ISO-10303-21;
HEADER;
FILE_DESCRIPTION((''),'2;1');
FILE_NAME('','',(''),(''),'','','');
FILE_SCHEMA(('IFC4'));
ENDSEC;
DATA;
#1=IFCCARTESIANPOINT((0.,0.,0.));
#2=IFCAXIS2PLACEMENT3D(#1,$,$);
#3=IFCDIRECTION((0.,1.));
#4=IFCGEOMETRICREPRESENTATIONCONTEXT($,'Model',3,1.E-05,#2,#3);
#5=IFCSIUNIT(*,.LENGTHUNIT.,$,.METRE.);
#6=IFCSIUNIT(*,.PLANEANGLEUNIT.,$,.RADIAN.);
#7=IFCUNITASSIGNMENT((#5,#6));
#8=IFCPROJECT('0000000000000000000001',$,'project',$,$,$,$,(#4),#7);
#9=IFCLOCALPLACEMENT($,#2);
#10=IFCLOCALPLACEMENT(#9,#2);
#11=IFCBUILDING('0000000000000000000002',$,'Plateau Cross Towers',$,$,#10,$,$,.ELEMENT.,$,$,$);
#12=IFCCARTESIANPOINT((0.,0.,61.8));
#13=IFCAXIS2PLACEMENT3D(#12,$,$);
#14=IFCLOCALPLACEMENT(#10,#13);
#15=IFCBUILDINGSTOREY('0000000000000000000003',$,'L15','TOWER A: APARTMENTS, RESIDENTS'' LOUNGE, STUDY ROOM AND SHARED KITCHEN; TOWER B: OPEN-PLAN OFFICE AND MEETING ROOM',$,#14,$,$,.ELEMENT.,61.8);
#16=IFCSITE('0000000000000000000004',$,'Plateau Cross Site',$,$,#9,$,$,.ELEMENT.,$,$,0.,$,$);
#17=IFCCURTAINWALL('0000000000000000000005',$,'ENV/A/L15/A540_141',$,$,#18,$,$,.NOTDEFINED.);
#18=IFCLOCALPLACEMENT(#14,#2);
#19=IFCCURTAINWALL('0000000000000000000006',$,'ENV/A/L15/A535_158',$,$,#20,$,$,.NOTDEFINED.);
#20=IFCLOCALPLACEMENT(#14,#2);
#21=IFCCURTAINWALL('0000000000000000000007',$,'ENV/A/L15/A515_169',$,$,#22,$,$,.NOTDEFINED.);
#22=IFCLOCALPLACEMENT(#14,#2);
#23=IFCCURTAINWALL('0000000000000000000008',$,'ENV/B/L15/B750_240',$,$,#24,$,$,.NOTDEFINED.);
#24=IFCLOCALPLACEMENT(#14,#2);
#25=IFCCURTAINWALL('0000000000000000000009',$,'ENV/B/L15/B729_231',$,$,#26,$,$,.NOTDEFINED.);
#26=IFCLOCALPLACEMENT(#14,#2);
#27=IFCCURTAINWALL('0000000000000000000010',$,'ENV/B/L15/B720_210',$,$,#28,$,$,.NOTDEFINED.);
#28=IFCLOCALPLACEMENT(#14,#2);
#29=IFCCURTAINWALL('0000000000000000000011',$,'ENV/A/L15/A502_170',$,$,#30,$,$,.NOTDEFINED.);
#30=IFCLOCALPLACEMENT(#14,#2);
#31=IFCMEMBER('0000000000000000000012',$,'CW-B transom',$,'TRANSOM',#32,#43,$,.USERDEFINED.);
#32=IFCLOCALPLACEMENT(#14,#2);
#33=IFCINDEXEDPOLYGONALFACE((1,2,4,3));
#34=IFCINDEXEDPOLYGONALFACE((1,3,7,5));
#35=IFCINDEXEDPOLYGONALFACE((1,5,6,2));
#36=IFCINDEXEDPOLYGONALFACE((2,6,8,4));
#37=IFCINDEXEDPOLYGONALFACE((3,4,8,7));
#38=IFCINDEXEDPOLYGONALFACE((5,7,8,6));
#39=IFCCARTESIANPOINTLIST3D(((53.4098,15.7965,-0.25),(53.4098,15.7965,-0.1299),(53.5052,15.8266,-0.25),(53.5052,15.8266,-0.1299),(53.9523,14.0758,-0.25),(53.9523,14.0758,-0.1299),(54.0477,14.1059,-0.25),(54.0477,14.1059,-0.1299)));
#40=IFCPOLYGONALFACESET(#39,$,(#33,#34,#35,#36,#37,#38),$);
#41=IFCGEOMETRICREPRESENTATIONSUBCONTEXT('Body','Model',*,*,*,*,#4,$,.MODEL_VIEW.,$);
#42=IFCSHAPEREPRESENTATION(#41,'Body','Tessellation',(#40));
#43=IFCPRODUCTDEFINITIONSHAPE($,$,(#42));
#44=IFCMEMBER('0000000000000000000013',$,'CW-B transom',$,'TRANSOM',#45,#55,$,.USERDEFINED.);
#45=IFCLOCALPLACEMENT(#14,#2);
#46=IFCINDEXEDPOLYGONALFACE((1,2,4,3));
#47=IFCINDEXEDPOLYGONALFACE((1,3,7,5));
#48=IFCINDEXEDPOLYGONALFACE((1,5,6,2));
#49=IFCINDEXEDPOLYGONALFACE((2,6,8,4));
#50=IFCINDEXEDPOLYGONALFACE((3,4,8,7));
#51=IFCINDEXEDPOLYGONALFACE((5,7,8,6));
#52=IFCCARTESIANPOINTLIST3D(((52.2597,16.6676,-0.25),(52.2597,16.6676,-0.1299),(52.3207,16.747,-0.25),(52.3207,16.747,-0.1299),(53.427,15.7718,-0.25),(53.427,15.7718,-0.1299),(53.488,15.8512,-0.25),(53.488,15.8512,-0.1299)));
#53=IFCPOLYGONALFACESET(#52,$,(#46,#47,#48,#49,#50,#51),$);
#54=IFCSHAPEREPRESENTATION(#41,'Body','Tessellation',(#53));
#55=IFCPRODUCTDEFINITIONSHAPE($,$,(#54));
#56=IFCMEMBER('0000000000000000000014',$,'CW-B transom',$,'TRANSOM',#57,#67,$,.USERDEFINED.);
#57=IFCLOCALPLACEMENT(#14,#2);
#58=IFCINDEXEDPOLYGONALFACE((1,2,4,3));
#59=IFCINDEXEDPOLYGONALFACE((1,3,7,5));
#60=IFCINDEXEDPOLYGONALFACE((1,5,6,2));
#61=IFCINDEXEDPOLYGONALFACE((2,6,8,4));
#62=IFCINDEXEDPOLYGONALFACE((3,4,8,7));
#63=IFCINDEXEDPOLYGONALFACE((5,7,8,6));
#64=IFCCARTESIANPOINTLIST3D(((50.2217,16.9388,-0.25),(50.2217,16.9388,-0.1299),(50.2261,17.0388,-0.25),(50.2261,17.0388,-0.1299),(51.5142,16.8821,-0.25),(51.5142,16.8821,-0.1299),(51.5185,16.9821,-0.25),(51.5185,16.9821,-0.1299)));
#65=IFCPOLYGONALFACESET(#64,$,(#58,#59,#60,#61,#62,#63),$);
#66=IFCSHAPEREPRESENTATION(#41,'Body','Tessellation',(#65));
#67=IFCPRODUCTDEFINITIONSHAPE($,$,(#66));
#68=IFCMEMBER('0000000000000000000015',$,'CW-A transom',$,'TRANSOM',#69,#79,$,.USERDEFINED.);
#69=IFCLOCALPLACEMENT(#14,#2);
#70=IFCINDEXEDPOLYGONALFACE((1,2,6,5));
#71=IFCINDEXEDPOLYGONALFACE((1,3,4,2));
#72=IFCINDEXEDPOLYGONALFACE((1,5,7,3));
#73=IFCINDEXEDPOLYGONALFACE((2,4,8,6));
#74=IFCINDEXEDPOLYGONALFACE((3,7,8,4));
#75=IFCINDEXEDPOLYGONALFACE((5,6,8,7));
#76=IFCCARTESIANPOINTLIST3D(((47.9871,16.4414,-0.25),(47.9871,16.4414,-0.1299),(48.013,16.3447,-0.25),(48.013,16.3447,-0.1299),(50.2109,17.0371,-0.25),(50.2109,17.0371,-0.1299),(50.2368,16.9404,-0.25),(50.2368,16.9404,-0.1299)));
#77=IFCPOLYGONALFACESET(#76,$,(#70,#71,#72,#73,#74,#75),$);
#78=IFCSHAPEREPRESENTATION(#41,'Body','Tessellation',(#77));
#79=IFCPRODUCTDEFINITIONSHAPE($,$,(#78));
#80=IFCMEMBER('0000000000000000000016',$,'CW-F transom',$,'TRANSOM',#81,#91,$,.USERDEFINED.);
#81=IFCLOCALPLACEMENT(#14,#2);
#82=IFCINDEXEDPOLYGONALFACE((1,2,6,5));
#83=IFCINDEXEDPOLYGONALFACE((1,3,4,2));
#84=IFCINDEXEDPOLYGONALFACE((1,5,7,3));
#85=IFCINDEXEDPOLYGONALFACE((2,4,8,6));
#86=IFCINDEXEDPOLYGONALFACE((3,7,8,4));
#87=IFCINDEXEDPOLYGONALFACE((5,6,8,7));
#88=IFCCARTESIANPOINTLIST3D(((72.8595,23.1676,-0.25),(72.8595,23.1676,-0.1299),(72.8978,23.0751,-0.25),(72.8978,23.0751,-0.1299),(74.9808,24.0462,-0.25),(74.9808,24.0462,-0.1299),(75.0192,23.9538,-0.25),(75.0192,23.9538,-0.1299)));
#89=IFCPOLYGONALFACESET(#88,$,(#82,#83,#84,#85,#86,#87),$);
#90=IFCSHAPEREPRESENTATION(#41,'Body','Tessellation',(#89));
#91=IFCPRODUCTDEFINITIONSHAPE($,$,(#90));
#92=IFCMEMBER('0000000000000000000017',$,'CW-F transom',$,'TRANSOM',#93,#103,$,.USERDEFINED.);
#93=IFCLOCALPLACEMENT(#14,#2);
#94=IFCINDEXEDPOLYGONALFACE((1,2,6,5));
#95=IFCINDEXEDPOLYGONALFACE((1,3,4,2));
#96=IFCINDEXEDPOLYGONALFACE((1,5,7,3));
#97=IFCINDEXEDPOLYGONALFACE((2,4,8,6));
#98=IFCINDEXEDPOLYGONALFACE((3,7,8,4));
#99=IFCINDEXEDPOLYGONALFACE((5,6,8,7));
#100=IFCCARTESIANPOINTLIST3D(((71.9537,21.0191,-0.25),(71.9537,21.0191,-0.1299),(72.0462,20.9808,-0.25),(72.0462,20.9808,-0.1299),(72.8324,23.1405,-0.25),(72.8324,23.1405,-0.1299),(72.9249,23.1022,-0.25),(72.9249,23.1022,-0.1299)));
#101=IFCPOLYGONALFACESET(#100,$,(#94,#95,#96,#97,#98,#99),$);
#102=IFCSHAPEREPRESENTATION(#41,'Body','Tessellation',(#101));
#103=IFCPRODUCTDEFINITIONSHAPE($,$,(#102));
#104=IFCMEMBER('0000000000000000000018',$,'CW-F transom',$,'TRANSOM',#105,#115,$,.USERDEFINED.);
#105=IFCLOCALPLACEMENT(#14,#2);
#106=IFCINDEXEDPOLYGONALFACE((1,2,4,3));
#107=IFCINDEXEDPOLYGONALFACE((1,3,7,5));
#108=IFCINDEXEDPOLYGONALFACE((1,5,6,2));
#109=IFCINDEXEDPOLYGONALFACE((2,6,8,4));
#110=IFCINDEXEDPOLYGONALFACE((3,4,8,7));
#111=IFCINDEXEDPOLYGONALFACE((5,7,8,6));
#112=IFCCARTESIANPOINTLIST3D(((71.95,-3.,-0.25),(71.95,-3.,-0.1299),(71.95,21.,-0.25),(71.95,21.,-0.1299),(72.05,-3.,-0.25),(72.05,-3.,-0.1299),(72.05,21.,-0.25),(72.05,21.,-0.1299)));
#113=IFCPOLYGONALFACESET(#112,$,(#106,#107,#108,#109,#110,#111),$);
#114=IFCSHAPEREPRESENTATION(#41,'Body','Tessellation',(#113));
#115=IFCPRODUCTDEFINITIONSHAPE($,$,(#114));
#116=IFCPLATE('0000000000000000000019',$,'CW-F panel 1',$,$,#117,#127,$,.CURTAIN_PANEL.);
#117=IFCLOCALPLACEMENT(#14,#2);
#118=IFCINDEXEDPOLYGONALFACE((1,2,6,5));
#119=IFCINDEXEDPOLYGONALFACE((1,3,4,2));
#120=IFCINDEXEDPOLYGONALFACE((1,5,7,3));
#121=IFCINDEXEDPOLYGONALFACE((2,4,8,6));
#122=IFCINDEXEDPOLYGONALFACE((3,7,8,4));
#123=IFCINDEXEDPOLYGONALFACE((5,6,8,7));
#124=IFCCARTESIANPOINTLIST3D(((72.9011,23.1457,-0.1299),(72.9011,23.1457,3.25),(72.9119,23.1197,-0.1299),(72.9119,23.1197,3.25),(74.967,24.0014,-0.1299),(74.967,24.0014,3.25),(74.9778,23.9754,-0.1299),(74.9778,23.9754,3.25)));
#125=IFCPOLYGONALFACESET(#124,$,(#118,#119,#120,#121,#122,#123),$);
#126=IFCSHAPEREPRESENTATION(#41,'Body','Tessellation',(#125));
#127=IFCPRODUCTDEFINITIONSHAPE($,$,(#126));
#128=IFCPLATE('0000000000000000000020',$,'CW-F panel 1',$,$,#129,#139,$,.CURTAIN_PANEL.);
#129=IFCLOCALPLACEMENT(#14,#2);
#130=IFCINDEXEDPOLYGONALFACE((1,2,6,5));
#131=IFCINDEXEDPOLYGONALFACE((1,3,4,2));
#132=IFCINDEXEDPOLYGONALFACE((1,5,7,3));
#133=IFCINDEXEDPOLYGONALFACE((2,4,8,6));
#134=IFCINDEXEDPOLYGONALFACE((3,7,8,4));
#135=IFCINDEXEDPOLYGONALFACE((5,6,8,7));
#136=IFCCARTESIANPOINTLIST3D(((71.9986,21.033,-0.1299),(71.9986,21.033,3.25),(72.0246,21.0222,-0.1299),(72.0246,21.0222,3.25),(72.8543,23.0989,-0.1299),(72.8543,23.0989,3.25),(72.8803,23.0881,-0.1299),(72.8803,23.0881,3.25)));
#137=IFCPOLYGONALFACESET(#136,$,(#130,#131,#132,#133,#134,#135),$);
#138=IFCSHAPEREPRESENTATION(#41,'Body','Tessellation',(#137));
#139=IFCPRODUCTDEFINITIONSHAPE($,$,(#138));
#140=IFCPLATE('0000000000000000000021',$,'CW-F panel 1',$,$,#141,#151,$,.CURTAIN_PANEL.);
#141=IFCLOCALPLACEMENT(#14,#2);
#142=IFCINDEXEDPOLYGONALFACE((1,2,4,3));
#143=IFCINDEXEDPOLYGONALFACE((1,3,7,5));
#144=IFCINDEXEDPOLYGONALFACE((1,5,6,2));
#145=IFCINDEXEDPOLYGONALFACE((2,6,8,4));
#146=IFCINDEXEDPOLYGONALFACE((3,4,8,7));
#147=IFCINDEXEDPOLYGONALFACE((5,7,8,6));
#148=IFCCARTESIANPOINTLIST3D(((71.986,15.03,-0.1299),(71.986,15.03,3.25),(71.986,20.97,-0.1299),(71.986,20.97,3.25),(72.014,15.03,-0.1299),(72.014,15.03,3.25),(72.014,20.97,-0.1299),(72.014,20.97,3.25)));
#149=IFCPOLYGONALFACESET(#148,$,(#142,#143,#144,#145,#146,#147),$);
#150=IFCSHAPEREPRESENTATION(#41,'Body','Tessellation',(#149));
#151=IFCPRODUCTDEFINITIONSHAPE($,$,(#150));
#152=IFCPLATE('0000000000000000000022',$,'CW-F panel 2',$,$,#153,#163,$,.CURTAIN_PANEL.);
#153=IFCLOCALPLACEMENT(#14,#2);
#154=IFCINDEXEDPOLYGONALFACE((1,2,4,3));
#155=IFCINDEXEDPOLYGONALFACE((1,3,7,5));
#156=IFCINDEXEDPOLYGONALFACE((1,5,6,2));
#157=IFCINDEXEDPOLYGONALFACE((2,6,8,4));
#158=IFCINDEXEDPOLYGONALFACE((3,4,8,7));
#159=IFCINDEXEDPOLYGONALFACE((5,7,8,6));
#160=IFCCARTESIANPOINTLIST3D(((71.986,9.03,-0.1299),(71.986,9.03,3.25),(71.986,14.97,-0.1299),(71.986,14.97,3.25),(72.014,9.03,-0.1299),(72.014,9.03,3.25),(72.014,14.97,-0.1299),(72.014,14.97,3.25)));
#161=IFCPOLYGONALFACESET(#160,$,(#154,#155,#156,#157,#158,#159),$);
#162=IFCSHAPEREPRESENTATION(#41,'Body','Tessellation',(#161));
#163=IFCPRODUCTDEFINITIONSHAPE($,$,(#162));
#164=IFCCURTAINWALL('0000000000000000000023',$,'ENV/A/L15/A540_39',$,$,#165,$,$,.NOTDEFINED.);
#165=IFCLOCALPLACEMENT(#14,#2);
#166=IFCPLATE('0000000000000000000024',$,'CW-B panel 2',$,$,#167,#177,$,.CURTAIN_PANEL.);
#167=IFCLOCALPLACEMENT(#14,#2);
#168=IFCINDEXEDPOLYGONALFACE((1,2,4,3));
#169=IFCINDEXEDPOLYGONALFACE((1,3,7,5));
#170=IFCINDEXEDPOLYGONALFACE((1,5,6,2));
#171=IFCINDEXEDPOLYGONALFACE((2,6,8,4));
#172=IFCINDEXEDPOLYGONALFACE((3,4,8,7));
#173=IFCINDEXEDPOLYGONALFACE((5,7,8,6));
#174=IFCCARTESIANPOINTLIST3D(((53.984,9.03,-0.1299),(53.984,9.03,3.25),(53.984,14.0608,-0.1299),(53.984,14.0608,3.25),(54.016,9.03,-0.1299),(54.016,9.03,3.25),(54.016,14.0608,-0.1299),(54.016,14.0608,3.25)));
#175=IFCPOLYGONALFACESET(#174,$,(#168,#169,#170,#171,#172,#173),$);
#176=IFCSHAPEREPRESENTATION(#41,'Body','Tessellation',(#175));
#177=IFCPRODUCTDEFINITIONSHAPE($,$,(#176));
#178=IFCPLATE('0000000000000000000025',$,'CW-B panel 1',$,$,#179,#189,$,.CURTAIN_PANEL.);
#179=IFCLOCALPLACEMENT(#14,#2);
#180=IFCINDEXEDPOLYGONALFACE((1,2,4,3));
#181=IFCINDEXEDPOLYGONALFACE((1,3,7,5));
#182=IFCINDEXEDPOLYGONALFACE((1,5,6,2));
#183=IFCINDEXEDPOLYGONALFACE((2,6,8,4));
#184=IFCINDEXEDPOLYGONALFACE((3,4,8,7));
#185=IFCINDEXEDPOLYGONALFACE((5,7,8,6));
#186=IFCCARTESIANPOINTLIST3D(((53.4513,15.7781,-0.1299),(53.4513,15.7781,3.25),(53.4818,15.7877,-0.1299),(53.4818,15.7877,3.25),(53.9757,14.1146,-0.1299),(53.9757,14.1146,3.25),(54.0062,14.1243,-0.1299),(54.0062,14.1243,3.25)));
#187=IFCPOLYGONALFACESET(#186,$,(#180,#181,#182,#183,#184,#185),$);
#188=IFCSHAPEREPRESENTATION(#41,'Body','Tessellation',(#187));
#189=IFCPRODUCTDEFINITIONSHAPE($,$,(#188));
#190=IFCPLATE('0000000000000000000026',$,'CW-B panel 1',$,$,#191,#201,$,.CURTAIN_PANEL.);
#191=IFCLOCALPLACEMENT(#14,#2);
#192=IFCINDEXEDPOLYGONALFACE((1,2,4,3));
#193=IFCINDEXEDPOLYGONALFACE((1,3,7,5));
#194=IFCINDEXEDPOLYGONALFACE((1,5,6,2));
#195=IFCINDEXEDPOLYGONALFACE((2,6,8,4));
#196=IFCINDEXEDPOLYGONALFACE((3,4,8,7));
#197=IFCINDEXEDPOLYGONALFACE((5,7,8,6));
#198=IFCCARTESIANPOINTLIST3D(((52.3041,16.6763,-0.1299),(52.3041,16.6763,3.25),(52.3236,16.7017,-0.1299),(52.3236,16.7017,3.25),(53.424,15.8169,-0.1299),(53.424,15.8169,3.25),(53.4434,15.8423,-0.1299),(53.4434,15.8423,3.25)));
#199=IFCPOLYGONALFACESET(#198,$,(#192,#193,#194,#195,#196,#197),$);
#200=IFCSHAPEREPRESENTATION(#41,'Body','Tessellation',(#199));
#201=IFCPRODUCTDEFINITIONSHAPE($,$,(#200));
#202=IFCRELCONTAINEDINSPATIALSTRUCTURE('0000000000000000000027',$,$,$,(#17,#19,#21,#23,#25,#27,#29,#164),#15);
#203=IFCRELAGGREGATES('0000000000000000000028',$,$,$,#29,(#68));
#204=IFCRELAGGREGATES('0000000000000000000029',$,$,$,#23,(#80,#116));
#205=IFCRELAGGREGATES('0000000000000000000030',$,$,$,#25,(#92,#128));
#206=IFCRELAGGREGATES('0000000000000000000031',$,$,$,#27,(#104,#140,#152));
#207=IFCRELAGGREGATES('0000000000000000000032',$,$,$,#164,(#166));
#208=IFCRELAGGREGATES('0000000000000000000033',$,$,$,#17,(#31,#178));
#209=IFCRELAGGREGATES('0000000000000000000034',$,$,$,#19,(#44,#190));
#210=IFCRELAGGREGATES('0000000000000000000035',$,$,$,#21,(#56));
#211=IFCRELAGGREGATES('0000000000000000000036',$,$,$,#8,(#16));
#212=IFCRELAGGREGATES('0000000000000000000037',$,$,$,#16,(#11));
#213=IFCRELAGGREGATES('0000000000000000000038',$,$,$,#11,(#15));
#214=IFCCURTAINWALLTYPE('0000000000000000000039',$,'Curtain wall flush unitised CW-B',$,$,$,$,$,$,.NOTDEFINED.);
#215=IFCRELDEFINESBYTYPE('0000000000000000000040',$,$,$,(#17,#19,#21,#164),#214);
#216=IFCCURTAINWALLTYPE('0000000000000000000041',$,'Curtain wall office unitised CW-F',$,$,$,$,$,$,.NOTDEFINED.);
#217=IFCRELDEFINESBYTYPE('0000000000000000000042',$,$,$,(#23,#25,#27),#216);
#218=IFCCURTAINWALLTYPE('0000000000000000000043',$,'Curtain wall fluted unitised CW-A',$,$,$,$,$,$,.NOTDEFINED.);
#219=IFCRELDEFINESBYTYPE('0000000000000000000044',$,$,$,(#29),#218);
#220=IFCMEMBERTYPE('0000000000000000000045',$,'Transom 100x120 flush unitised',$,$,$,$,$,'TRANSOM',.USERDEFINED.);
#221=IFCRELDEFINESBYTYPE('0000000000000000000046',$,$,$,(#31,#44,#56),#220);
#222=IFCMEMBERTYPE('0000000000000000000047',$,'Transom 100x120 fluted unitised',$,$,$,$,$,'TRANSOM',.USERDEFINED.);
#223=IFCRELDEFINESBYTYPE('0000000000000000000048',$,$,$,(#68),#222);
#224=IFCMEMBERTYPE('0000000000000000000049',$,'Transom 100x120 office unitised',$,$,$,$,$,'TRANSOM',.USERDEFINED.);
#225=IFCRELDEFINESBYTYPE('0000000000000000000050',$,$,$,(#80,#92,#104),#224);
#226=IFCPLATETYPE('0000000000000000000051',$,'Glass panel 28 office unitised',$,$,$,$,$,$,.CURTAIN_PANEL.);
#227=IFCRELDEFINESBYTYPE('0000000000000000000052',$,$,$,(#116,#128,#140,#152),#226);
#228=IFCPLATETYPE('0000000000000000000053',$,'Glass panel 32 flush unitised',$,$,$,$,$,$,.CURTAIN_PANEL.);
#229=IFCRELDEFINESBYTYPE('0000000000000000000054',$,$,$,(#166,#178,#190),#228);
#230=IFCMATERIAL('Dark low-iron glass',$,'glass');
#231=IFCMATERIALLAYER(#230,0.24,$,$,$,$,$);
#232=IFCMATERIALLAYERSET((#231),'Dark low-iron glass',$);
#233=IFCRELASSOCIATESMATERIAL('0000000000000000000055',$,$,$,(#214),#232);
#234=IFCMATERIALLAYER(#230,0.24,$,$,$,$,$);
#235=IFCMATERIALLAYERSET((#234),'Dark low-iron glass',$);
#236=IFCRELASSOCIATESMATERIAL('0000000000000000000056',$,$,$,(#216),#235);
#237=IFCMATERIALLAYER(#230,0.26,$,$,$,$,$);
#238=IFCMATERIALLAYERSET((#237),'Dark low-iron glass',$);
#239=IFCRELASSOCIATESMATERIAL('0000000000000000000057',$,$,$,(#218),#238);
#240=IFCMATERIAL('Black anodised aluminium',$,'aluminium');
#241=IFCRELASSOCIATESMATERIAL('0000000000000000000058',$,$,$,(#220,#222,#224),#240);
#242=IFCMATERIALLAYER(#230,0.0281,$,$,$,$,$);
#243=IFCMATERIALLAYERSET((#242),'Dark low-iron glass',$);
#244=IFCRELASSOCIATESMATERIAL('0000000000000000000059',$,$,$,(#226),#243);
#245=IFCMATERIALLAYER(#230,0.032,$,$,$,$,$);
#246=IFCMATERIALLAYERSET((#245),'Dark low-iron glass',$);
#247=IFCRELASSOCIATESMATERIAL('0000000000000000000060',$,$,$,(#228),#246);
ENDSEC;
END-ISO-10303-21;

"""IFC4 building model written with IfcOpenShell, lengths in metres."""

from ifc_helpers import new_model, si_unit, direction, frame, origin, origin_2d, place, context, subcontext, project, spatial, rectangle, extrude, material, layer, layer_set, material_profile, profile_set, type_object, element, aggregate, save


model = new_model("IFC4")

# Units and contexts
model_context = context("Model", 3, precision=1e-05, world=origin(), true_north=direction((0.0, 1.0)))
body_context = subcontext(model_context, "Body", "Model", "MODEL_VIEW")
ifc_project = project(units=[si_unit("LENGTHUNIT", "METRE"), si_unit("PLANEANGLEUNIT", "RADIAN")], contexts=[model_context])

# Site, building, storey
site_placement = place(None, origin())
site = spatial("IfcSite", under=ifc_project, at=site_placement, Name="Plateau Cross Site", CompositionType="ELEMENT", RefElevation=0.0)
building_placement = place(site_placement, origin())
building = spatial("IfcBuilding", under=site, at=building_placement, Name="Plateau Cross Towers", CompositionType="ELEMENT")
storey_placement = place(building_placement, frame((0.0, 0.0, 61.8)))
storey = spatial("IfcBuildingStorey", under=building, at=storey_placement, Name="L15", Description="TOWER A: APARTMENTS, RESIDENTS' LOUNGE, STUDY ROOM AND SHARED KITCHEN; TOWER B: OPEN-PLAN OFFICE AND MEETING ROOM", CompositionType="ELEMENT", Elevation=61.8)

# Curtain wall
ifc_material_1 = material(Name="Dark low-iron glass", Category="glass")
ifc_layer_1 = layer(ifc_material_1, 0.24)
ifc_layer_set_1 = layer_set([ifc_layer_1], Name="Dark low-iron glass")
curtain_wall_type_1 = type_object("IfcCurtainWallType", Name="Curtain wall flush unitised CW-B", PredefinedType="NOTDEFINED", material=ifc_layer_set_1)
curtain_wall_1_placement = place(storey_placement, origin())
curtain_wall_1 = element("IfcCurtainWall", 1, at=curtain_wall_1_placement, inside=storey, type_object=curtain_wall_type_1, Name="ENV/A/L15/A540_141", PredefinedType="NOTDEFINED")
ifc_material_2 = material(Name="Black anodised aluminium", Category="aluminium")

# Curtain wall
curtain_wall_2_placement = place(storey_placement, origin())
curtain_wall_2 = element("IfcCurtainWall", 2, at=curtain_wall_2_placement, inside=storey, type_object=curtain_wall_type_1, Name="ENV/A/L15/A535_158", PredefinedType="NOTDEFINED")

# Curtain walls
curtain_wall_3_placement = place(storey_placement, origin())
curtain_wall_3 = element("IfcCurtainWall", 3, at=curtain_wall_3_placement, inside=storey, type_object=curtain_wall_type_1, Name="ENV/A/L15/A515_169", PredefinedType="NOTDEFINED")
ifc_layer_2 = layer(ifc_material_1, 0.24)
ifc_layer_set_2 = layer_set([ifc_layer_2], Name="Dark low-iron glass")
curtain_wall_type_2 = type_object("IfcCurtainWallType", Name="Curtain wall office unitised CW-F", PredefinedType="NOTDEFINED", material=ifc_layer_set_2)
curtain_wall_4_placement = place(storey_placement, origin())
curtain_wall_4 = element("IfcCurtainWall", 4, at=curtain_wall_4_placement, inside=storey, type_object=curtain_wall_type_2, Name="ENV/B/L15/B750_240", PredefinedType="NOTDEFINED")
curtain_wall_5_placement = place(storey_placement, origin())
curtain_wall_5 = element("IfcCurtainWall", 5, at=curtain_wall_5_placement, inside=storey, type_object=curtain_wall_type_2, Name="ENV/B/L15/B729_231", PredefinedType="NOTDEFINED")

# Curtain wall
curtain_wall_6_placement = place(storey_placement, origin())
curtain_wall_6 = element("IfcCurtainWall", 6, at=curtain_wall_6_placement, inside=storey, type_object=curtain_wall_type_2, Name="ENV/B/L15/B720_210", PredefinedType="NOTDEFINED")

# Curtain wall
ifc_layer_3 = layer(ifc_material_1, 0.26)
ifc_layer_set_3 = layer_set([ifc_layer_3], Name="Dark low-iron glass")
curtain_wall_type_3 = type_object("IfcCurtainWallType", Name="Curtain wall fluted unitised CW-A", PredefinedType="NOTDEFINED", material=ifc_layer_set_3)
curtain_wall_7_placement = place(storey_placement, origin())
curtain_wall_7 = element("IfcCurtainWall", 7, at=curtain_wall_7_placement, inside=storey, type_object=curtain_wall_type_3, Name="ENV/A/L15/A502_170", PredefinedType="NOTDEFINED")

# Members
ifc_material_profile_1 = material_profile(ifc_material_2, rectangle(XDim=0.1001, YDim=0.1201, at=origin_2d()), Name="TRANSOM 100x120")
ifc_profile_set_1 = profile_set([ifc_material_profile_1], Name="Black anodised aluminium")
member_type_1 = type_object("IfcMemberType", Name="Transom 100x120 flush unitised", ElementType="TRANSOM", PredefinedType="USERDEFINED", material=ifc_profile_set_1)
member_1_placement = place(storey_placement, frame((54.0, 14.0908, -0.1899), z_axis=(-0.300678, 0.953726, 0.0), x_axis=(-0.953726, -0.300678, 0.0)))
member_1 = element("IfcMember", 8, at=member_1_placement, type_object=member_type_1, Name="CW-B transom", ObjectType="TRANSOM", PredefinedType="USERDEFINED", context=body_context, shape_type="SweptSolid", body=[
    extrude(rectangle(XDim=0.1001, YDim=0.1201, at=origin_2d()), origin(), (0.0, 0.0, 1.0), 1.8042),
])
member_2_placement = place(storey_placement, frame((53.4575, 15.8115, -0.1899), z_axis=(-0.793321, 0.608804, 0.0), x_axis=(-0.608804, -0.793321, 0.0)))
member_2 = element("IfcMember", 9, at=member_2_placement, type_object=member_type_1, Name="CW-B transom", ObjectType="TRANSOM", PredefinedType="USERDEFINED", context=body_context, shape_type="SweptSolid", body=[
    extrude(rectangle(XDim=0.1001, YDim=0.1201, at=origin_2d()), origin(), (0.0, 0.0, 1.0), 1.4714),
])
member_3_placement = place(storey_placement, frame((51.5164, 16.9321, -0.1899), z_axis=(-0.999041, 0.043781, 0.0), x_axis=(-0.043781, -0.999041, 0.0)))
member_3 = element("IfcMember", 10, at=member_3_placement, type_object=member_type_1, Name="CW-B transom", ObjectType="TRANSOM", PredefinedType="USERDEFINED", context=body_context, shape_type="SweptSolid", body=[
    extrude(rectangle(XDim=0.1001, YDim=0.1201, at=origin_2d()), origin(), (0.0, 0.0, 1.0), 1.2937),
])
ifc_material_profile_2 = material_profile(ifc_material_2, rectangle(XDim=0.1001, YDim=0.1201, at=origin_2d()), Name="TRANSOM 100x120")
ifc_profile_set_2 = profile_set([ifc_material_profile_2], Name="Black anodised aluminium")
member_type_2 = type_object("IfcMemberType", Name="Transom 100x120 fluted unitised", ElementType="TRANSOM", PredefinedType="USERDEFINED", material=ifc_profile_set_2)
member_4_placement = place(storey_placement, frame((50.2239, 16.9888, -0.1899), z_axis=(-0.965946, -0.258745, 0.0), x_axis=(0.258745, -0.965946, 0.0)))
member_4 = element("IfcMember", 11, at=member_4_placement, type_object=member_type_2, Name="CW-A transom", ObjectType="TRANSOM", PredefinedType="USERDEFINED", context=body_context, shape_type="SweptSolid", body=[
    extrude(rectangle(XDim=0.1001, YDim=0.1201, at=origin_2d()), origin(), (0.0, 0.0, 1.0), 2.3022),
])
aggregate(curtain_wall_7, [member_4])
ifc_material_profile_3 = material_profile(ifc_material_2, rectangle(XDim=0.1001, YDim=0.1201, at=origin_2d()), Name="TRANSOM 100x120")
ifc_profile_set_3 = profile_set([ifc_material_profile_3], Name="Black anodised aluminium")
member_type_3 = type_object("IfcMemberType", Name="Transom 100x120 office unitised", ElementType="TRANSOM", PredefinedType="USERDEFINED", material=ifc_profile_set_3)
member_5_placement = place(storey_placement, frame((75.0, 24.0, -0.1899), z_axis=(-0.923883, -0.382674, 0.0), x_axis=(0.382674, -0.923883, 0.0)))
member_5 = element("IfcMember", 12, at=member_5_placement, type_object=member_type_3, Name="CW-F transom", ObjectType="TRANSOM", PredefinedType="USERDEFINED", context=body_context, shape_type="SweptSolid", body=[
    extrude(rectangle(XDim=0.1001, YDim=0.1201, at=origin_2d()), origin(), (0.0, 0.0, 1.0), 2.2961),
])
member_6_placement = place(storey_placement, frame((72.8787, 23.1213, -0.1899), z_axis=(-0.382674, -0.923883, 0.0), x_axis=(0.923883, -0.382674, 0.0)))
member_6 = element("IfcMember", 13, at=member_6_placement, type_object=member_type_3, Name="CW-F transom", ObjectType="TRANSOM", PredefinedType="USERDEFINED", context=body_context, shape_type="SweptSolid", body=[
    extrude(rectangle(XDim=0.1001, YDim=0.1201, at=origin_2d()), origin(), (0.0, 0.0, 1.0), 2.2961),
])
member_7_placement = place(storey_placement, frame((72.0, 21.0, -0.1899), z_axis=(0.0, -1.0, 0.0), x_axis=(1.0, 0.0, 0.0)))
member_7 = element("IfcMember", 14, at=member_7_placement, type_object=member_type_3, Name="CW-F transom", ObjectType="TRANSOM", PredefinedType="USERDEFINED", context=body_context, shape_type="SweptSolid", body=[
    extrude(rectangle(XDim=0.1001, YDim=0.1201, at=origin_2d()), origin(), (0.0, 0.0, 1.0), 24.0),
])

# Plates
ifc_layer_4 = layer(ifc_material_1, 0.0281)
ifc_layer_set_4 = layer_set([ifc_layer_4], Name="Dark low-iron glass")
plate_type_1 = type_object("IfcPlateType", Name="Glass panel 28 office unitised", PredefinedType="CURTAIN_PANEL", material=ifc_layer_set_4)
plate_1_placement = place(storey_placement, frame((73.9395, 23.5605, -0.1299), z_axis=(0.0, 0.0, 1.0), x_axis=(-0.923879, -0.382684, 0.0)))
plate_1 = element("IfcPlate", 15, at=plate_1_placement, type_object=plate_type_1, Name="CW-F panel 1", PredefinedType="CURTAIN_PANEL", context=body_context, shape_type="SweptSolid", body=[
    extrude(rectangle(XDim=2.2361, YDim=0.0281, at=origin_2d()), origin(), (0.0, 0.0, 1.0), 3.3799),
])
aggregate(curtain_wall_4, [member_5, plate_1])
plate_2_placement = place(storey_placement, frame((72.4395, 22.0605, -0.1299), z_axis=(0.0, 0.0, 1.0), x_axis=(-0.382684, -0.923879, 0.0)))
plate_2 = element("IfcPlate", 16, at=plate_2_placement, type_object=plate_type_1, Name="CW-F panel 1", PredefinedType="CURTAIN_PANEL", context=body_context, shape_type="SweptSolid", body=[
    extrude(rectangle(XDim=2.2361, YDim=0.0281, at=origin_2d()), origin(), (0.0, 0.0, 1.0), 3.3799),
])
aggregate(curtain_wall_5, [member_6, plate_2])
plate_3_placement = place(storey_placement, frame((72.0, 18.0, -0.1299), z_axis=(0.0, 0.0, 1.0), x_axis=(0.0, -1.0, 0.0)))
plate_3 = element("IfcPlate", 17, at=plate_3_placement, type_object=plate_type_1, Name="CW-F panel 1", PredefinedType="CURTAIN_PANEL", context=body_context, shape_type="SweptSolid", body=[
    extrude(rectangle(XDim=5.9399, YDim=0.0281, at=origin_2d()), origin(), (0.0, 0.0, 1.0), 3.3799),
])
plate_4_placement = place(storey_placement, frame((72.0, 12.0, -0.1299), z_axis=(0.0, 0.0, 1.0), x_axis=(0.0, -1.0, 0.0)))
plate_4 = element("IfcPlate", 18, at=plate_4_placement, type_object=plate_type_1, Name="CW-F panel 2", PredefinedType="CURTAIN_PANEL", context=body_context, shape_type="SweptSolid", body=[
    extrude(rectangle(XDim=5.9399, YDim=0.0281, at=origin_2d()), origin(), (0.0, 0.0, 1.0), 3.3799),
])
aggregate(curtain_wall_6, [member_7, plate_3, plate_4])

# Curtain wall, plate
curtain_wall_8_placement = place(storey_placement, origin())
curtain_wall_8 = element("IfcCurtainWall", 19, at=curtain_wall_8_placement, inside=storey, type_object=curtain_wall_type_1, Name="ENV/A/L15/A540_39", PredefinedType="NOTDEFINED")
ifc_layer_5 = layer(ifc_material_1, 0.032)
ifc_layer_set_5 = layer_set([ifc_layer_5], Name="Dark low-iron glass")
plate_type_2 = type_object("IfcPlateType", Name="Glass panel 32 flush unitised", PredefinedType="CURTAIN_PANEL", material=ifc_layer_set_5)
plate_5_placement = place(storey_placement, frame((54.0, 11.5454, -0.1299), z_axis=(0.0, 0.0, 1.0), x_axis=(0.0, 1.0, 0.0)))
plate_5 = element("IfcPlate", 20, at=plate_5_placement, type_object=plate_type_2, Name="CW-B panel 2", PredefinedType="CURTAIN_PANEL", context=body_context, shape_type="SweptSolid", body=[
    extrude(rectangle(XDim=5.0308, YDim=0.032, at=origin_2d()), origin(), (0.0, 0.0, 1.0), 3.3799),
])
aggregate(curtain_wall_8, [plate_5])

# Plates
plate_6_placement = place(storey_placement, frame((53.7288, 14.9512, -0.1299), z_axis=(0.0, 0.0, 1.0), x_axis=(-0.300686, 0.953723, 0.0)))
plate_6 = element("IfcPlate", 21, at=plate_6_placement, type_object=plate_type_2, Name="CW-B panel 1", PredefinedType="CURTAIN_PANEL", context=body_context, shape_type="SweptSolid", body=[
    extrude(rectangle(XDim=1.7441, YDim=0.032, at=origin_2d()), origin(), (0.0, 0.0, 1.0), 3.3799),
])
aggregate(curtain_wall_1, [member_1, plate_6])
plate_7_placement = place(storey_placement, frame((52.8738, 16.2593, -0.1299), z_axis=(0.0, 0.0, 1.0), x_axis=(-0.793316, 0.608811, 0.0)))
plate_7 = element("IfcPlate", 22, at=plate_7_placement, type_object=plate_type_2, Name="CW-B panel 1", PredefinedType="CURTAIN_PANEL", context=body_context, shape_type="SweptSolid", body=[
    extrude(rectangle(XDim=1.4116, YDim=0.032, at=origin_2d()), origin(), (0.0, 0.0, 1.0), 3.3799),
])
aggregate(curtain_wall_2, [member_2, plate_7])
aggregate(curtain_wall_3, [member_3])

save(model, "model.ifc")
